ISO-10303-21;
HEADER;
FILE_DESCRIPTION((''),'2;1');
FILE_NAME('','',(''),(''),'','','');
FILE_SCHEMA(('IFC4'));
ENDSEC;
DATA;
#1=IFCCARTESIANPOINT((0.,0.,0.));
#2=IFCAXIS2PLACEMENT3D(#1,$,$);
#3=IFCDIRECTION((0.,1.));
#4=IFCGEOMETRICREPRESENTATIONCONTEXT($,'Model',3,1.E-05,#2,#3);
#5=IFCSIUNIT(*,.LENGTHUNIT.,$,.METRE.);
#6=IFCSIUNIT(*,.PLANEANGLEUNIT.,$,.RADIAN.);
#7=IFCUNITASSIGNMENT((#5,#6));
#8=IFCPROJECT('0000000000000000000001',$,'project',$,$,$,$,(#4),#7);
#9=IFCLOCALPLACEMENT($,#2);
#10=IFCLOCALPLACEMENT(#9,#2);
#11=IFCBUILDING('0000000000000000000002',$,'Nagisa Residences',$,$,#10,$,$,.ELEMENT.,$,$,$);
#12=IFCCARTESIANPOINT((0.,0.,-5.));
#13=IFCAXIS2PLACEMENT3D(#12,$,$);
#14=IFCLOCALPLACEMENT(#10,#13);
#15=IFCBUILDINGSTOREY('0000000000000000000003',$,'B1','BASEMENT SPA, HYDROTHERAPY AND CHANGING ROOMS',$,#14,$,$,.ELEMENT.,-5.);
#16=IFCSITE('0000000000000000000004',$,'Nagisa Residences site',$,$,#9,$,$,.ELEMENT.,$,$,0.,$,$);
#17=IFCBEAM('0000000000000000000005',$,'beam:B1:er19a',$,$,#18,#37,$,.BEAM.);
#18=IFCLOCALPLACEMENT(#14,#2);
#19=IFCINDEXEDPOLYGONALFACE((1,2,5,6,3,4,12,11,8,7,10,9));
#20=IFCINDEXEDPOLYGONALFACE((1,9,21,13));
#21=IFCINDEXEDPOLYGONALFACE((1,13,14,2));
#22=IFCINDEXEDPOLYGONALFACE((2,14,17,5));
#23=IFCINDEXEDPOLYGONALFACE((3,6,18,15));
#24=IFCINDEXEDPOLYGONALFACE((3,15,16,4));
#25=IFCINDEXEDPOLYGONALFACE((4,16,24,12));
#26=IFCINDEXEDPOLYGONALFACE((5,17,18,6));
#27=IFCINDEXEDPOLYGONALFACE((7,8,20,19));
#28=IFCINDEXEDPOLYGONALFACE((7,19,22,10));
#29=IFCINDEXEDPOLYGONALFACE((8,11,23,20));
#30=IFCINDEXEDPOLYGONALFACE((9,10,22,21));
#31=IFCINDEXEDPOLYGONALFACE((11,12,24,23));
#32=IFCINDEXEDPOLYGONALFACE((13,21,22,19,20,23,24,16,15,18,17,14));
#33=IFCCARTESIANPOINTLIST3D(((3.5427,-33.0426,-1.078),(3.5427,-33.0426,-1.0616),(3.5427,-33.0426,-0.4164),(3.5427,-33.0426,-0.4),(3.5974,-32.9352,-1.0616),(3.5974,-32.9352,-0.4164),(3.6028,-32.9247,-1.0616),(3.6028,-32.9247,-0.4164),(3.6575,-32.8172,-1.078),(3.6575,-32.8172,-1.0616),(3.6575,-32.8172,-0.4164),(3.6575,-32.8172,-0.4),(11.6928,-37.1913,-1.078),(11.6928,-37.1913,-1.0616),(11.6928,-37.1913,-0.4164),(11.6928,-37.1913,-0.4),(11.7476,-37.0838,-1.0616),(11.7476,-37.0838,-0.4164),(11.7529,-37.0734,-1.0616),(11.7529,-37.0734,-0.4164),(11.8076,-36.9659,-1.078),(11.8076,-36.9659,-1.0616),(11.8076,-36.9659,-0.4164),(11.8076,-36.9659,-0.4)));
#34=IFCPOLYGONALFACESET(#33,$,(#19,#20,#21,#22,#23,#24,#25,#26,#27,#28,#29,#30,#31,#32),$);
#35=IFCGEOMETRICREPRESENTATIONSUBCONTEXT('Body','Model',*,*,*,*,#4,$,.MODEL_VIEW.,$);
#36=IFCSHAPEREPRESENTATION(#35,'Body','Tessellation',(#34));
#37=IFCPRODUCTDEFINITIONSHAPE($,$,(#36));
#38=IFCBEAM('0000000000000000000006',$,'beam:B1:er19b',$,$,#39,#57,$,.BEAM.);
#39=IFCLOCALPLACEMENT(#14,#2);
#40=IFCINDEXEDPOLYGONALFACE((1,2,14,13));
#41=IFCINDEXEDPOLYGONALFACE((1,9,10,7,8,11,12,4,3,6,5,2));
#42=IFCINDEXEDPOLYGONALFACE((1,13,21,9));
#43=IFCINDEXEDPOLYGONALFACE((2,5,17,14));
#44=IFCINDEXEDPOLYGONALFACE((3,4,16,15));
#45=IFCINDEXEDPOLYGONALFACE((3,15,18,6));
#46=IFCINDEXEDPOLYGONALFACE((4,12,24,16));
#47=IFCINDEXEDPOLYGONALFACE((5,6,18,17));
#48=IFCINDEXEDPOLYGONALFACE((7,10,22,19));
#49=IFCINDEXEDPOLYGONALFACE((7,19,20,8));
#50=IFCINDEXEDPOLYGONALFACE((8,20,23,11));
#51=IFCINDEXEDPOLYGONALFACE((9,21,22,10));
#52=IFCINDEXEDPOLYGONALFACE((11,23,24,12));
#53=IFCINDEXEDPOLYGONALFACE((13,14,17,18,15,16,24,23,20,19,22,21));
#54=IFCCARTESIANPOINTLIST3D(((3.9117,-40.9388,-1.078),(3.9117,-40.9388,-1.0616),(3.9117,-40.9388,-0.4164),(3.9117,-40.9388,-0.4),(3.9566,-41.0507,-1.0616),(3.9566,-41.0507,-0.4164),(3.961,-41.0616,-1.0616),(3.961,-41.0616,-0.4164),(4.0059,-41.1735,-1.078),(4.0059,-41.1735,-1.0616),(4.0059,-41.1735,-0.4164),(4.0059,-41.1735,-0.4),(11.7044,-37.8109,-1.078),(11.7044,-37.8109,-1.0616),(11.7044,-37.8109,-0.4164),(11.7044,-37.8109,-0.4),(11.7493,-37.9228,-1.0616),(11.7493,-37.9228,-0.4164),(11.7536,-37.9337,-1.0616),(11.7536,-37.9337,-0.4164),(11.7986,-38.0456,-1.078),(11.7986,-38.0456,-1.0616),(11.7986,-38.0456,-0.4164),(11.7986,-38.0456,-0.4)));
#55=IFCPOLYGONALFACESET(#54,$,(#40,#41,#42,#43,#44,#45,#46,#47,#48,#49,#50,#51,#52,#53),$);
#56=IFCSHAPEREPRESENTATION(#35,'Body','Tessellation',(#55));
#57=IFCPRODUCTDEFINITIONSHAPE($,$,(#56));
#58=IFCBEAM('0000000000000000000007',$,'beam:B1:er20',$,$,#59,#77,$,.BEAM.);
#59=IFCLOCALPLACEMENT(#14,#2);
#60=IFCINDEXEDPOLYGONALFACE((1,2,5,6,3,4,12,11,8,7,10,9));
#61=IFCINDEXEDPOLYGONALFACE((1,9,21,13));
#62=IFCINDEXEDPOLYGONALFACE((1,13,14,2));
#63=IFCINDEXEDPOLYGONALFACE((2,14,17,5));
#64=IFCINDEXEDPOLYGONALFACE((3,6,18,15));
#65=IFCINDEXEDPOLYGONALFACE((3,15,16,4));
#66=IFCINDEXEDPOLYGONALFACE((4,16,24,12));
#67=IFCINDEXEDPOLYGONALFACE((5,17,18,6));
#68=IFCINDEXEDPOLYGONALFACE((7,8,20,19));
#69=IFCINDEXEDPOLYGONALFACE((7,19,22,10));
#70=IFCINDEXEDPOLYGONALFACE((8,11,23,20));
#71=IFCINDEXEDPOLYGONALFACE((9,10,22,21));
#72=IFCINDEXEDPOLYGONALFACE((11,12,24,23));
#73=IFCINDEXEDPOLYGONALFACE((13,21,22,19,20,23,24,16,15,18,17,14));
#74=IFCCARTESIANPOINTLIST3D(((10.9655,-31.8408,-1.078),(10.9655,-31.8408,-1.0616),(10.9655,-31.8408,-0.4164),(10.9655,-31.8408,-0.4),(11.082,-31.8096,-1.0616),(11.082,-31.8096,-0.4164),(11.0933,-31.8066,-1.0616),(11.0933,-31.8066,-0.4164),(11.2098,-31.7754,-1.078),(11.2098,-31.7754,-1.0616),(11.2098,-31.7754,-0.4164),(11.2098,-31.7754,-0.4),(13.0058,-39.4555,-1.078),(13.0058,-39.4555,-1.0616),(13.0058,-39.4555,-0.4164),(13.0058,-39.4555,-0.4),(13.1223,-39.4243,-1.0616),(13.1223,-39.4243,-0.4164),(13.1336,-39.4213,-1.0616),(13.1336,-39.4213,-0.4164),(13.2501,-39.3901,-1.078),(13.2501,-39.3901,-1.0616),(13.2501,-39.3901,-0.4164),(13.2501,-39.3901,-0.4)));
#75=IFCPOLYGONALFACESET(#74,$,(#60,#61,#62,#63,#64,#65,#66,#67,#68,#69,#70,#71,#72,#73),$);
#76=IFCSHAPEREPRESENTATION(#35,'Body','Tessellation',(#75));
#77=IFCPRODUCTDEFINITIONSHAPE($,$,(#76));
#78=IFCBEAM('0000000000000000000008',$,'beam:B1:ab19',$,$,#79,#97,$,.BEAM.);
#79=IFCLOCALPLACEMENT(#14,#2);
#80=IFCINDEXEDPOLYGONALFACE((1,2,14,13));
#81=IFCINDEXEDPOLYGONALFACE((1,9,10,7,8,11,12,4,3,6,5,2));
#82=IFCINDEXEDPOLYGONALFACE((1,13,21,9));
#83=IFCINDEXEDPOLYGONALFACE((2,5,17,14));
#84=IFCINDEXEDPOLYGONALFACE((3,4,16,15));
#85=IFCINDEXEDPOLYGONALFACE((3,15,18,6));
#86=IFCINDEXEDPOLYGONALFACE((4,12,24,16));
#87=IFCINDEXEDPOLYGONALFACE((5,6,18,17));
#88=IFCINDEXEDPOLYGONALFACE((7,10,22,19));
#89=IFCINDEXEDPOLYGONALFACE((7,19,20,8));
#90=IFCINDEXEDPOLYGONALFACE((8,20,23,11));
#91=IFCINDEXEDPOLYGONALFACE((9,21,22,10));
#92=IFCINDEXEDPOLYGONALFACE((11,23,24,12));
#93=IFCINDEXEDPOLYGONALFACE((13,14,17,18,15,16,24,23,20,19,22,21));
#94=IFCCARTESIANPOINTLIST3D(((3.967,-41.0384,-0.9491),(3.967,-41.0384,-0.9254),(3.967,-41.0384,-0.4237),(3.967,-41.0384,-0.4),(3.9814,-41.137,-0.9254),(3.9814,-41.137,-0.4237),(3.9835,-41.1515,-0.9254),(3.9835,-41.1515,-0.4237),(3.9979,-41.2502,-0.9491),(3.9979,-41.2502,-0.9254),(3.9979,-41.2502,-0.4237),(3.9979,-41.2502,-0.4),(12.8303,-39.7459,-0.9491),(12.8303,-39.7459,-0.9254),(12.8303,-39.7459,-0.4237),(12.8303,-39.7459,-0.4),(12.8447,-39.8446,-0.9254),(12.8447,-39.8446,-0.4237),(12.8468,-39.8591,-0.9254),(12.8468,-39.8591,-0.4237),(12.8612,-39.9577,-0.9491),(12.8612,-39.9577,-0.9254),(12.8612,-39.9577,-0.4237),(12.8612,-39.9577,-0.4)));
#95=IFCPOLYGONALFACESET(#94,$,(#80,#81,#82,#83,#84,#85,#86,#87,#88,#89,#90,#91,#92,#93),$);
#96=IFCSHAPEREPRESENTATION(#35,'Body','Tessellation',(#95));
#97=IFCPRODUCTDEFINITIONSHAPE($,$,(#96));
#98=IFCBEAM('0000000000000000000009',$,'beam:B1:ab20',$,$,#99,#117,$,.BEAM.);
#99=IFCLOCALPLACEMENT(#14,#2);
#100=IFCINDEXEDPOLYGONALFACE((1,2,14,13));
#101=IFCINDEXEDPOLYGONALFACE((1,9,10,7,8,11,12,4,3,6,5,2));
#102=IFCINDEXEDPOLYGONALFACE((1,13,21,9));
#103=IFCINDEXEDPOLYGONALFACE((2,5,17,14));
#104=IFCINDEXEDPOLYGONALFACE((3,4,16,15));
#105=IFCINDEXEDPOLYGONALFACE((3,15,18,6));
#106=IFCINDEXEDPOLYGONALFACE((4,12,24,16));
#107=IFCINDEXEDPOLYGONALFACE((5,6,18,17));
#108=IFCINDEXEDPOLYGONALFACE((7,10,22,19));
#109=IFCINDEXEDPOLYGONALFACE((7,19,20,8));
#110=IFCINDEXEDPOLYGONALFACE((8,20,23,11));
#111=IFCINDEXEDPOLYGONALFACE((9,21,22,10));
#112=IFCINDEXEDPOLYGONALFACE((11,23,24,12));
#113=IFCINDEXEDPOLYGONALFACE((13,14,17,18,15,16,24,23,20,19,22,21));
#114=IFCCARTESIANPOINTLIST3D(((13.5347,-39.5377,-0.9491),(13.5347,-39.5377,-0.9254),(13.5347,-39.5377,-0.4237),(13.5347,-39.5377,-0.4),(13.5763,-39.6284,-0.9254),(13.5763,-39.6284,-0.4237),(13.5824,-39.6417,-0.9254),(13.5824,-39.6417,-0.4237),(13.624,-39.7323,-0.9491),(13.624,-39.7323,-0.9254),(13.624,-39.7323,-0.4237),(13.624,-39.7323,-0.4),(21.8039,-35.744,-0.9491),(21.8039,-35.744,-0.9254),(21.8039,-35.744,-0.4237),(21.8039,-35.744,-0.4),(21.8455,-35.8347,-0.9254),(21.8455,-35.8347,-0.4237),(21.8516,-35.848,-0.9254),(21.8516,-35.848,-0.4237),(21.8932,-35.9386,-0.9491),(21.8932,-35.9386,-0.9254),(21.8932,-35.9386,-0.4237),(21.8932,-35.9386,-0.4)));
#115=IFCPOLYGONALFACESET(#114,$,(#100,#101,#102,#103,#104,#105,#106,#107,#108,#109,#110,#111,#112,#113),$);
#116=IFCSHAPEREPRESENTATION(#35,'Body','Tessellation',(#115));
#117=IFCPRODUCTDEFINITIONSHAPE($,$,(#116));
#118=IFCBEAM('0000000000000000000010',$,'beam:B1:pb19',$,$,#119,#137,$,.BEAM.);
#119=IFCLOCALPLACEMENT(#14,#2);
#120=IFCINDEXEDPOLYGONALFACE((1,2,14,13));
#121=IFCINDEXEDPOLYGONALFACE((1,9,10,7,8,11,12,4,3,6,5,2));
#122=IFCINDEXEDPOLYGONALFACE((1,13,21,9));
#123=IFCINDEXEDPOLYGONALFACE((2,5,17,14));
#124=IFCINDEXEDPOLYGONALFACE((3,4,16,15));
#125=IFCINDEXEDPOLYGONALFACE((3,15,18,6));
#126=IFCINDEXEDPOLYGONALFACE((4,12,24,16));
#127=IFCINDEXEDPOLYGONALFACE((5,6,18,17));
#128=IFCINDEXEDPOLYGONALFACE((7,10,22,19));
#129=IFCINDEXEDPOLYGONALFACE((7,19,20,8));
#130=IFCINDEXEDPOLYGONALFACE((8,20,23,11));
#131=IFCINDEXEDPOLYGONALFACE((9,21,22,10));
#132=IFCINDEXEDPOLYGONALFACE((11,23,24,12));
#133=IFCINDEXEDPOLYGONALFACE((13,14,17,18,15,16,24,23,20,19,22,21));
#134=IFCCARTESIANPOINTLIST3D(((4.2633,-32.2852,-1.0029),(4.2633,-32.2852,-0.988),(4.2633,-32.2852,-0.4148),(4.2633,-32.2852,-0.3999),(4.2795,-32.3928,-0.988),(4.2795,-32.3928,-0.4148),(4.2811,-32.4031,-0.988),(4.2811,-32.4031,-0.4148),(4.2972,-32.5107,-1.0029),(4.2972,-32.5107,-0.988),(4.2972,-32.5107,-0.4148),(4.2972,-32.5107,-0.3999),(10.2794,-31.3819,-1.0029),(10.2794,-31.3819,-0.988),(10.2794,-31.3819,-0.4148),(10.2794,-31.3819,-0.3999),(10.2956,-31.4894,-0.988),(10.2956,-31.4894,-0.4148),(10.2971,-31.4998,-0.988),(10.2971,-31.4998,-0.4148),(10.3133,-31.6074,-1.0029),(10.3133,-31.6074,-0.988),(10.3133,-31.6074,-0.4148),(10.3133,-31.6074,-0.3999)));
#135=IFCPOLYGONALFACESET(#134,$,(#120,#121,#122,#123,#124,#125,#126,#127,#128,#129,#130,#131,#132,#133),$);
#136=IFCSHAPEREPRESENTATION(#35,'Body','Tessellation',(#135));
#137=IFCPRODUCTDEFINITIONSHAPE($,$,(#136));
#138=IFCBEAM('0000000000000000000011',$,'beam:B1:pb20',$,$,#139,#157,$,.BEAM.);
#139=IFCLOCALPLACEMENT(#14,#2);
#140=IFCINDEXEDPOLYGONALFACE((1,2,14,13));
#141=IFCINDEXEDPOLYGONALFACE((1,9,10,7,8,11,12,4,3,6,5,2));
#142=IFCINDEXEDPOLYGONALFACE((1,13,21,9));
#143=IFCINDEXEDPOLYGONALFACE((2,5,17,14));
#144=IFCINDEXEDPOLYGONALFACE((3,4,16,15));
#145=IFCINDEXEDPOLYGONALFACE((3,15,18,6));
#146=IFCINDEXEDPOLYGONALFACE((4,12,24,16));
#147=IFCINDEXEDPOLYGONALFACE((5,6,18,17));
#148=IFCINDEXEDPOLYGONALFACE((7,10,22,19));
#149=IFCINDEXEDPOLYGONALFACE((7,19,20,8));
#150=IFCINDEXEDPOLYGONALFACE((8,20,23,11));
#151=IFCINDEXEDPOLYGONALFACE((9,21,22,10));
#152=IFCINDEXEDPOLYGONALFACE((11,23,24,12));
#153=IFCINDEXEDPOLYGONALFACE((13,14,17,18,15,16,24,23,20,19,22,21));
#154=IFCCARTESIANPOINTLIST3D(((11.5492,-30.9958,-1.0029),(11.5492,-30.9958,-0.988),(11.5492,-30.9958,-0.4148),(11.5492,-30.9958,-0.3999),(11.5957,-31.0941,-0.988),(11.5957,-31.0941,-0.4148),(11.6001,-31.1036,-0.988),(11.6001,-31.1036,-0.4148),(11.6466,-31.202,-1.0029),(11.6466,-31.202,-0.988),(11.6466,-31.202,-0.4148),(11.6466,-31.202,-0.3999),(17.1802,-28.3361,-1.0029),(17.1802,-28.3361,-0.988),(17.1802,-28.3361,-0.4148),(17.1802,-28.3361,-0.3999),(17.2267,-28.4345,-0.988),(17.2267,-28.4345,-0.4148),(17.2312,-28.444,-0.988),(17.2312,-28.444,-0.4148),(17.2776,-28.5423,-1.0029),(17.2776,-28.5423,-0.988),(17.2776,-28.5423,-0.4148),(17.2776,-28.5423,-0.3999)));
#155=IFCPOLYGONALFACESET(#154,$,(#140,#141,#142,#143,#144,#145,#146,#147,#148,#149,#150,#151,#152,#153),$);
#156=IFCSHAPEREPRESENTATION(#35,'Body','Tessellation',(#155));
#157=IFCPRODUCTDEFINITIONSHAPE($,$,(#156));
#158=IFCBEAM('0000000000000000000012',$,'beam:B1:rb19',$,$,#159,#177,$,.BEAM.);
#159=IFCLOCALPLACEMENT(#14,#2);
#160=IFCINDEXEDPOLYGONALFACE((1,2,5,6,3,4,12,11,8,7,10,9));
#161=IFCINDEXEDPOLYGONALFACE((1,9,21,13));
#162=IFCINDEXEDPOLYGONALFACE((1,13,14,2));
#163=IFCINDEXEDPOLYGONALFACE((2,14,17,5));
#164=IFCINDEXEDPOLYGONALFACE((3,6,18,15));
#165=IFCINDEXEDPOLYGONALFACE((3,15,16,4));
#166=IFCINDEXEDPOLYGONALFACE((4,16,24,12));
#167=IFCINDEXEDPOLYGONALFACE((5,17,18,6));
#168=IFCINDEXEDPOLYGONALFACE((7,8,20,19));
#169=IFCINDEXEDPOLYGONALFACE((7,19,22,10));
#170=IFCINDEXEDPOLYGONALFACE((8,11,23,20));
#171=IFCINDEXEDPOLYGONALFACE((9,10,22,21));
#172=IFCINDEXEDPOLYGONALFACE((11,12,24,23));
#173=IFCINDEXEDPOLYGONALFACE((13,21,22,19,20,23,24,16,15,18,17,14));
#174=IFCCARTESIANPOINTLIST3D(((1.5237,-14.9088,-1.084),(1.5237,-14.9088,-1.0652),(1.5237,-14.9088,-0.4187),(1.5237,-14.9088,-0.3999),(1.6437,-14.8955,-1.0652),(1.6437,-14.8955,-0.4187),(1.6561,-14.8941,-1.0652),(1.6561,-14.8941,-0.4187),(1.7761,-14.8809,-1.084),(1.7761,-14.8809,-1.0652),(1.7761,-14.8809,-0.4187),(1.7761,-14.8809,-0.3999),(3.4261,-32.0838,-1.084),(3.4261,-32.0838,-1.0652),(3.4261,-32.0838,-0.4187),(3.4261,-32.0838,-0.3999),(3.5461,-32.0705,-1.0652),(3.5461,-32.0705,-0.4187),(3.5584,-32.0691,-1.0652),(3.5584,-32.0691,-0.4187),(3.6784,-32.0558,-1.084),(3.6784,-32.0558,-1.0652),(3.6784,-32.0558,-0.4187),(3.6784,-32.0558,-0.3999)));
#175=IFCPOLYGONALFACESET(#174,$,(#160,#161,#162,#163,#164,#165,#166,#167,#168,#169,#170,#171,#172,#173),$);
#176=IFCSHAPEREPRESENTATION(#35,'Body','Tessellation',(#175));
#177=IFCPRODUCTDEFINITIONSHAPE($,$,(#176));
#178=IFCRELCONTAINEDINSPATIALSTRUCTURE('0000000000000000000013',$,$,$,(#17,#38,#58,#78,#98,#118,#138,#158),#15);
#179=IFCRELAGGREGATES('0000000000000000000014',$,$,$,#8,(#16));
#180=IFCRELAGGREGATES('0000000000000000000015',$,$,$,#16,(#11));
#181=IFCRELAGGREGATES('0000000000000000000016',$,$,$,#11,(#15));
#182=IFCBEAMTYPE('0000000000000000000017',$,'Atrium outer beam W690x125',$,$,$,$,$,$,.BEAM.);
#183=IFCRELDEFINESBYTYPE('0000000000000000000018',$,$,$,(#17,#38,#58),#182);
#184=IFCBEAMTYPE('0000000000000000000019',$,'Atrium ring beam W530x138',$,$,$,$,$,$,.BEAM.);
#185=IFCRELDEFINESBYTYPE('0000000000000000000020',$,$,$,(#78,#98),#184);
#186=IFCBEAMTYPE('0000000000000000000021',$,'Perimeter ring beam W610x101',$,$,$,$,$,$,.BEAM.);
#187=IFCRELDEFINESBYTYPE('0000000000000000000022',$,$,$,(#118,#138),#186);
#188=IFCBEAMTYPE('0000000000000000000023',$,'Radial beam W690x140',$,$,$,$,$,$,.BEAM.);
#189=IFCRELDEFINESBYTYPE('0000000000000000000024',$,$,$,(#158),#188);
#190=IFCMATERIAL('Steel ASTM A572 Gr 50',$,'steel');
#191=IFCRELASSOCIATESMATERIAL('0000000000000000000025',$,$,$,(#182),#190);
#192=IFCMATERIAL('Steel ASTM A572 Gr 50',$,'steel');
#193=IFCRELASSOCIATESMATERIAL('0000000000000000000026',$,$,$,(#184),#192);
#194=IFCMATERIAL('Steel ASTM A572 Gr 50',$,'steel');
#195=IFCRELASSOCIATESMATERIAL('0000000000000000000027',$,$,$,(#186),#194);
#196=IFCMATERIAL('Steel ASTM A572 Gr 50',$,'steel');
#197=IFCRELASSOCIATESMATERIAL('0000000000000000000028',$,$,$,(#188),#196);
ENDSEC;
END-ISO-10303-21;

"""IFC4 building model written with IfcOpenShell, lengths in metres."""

from ifc_helpers import new_model, si_unit, direction, frame, origin, origin_2d, place, context, subcontext, project, spatial, i_section, extrude, material, material_profile, profile_set, type_object, element, save


model = new_model("IFC4")

# Units and contexts
model_context = context("Model", 3, precision=1e-05, world=origin(), true_north=direction((0.0, 1.0)))
body_context = subcontext(model_context, "Body", "Model", "MODEL_VIEW")
ifc_project = project(units=[si_unit("LENGTHUNIT", "METRE"), si_unit("PLANEANGLEUNIT", "RADIAN")], contexts=[model_context])

# Site, building, storey
site_placement = place(None, origin())
site = spatial("IfcSite", under=ifc_project, at=site_placement, Name="Nagisa Residences site", CompositionType="ELEMENT", RefElevation=0.0)
building_placement = place(site_placement, origin())
building = spatial("IfcBuilding", under=site, at=building_placement, Name="Nagisa Residences", CompositionType="ELEMENT")
storey_placement = place(building_placement, frame((0.0, 0.0, -5.0)))
storey = spatial("IfcBuildingStorey", under=building, at=storey_placement, Name="B1", Description="BASEMENT SPA, HYDROTHERAPY AND CHANGING ROOMS", CompositionType="ELEMENT", Elevation=-5.0)

# Beams
ifc_material_1 = material(Name="Steel ASTM A572 Gr 50", Category="steel")
ifc_material_profile_1 = material_profile(ifc_material_1, i_section(OverallWidth=0.2529, OverallDepth=0.678, WebThickness=0.0117, FlangeThickness=0.0164, at=origin_2d()), Name="W690x125")
ifc_profile_set_1 = profile_set([ifc_material_profile_1], Name="Steel ASTM A572 Gr 50")
beam_type_1 = type_object("IfcBeamType", Name="Atrium outer beam W690x125", PredefinedType="BEAM", material=ifc_profile_set_1)
beam_1_placement = place(storey_placement, frame((3.6001, -32.9299, -0.739), z_axis=(0.891185, -0.453641, 0.0), x_axis=(0.453641, 0.891185, 0.0)))
element("IfcBeam", 1, at=beam_1_placement, inside=storey, type_object=beam_type_1, Name="beam:B1:er19a", PredefinedType="BEAM", context=body_context, shape_type="SweptSolid", body=[
    extrude(i_section(OverallWidth=0.2529, OverallDepth=0.678, WebThickness=0.0117, FlangeThickness=0.0164, at=origin_2d()), origin(), (0.0, 0.0, 1.0), 9.1453),
])
beam_2_placement = place(storey_placement, frame((11.7515, -37.9282, -0.739), z_axis=(-0.928031, -0.372503, 0.0), x_axis=(0.372503, -0.928031, 0.0)))
element("IfcBeam", 2, at=beam_2_placement, inside=storey, type_object=beam_type_1, Name="beam:B1:er19b", PredefinedType="BEAM", context=body_context, shape_type="SweptSolid", body=[
    extrude(i_section(OverallWidth=0.2529, OverallDepth=0.678, WebThickness=0.0117, FlangeThickness=0.0164, at=origin_2d()), origin(), (0.0, 0.0, 1.0), 8.397),
])
beam_3_placement = place(storey_placement, frame((11.0876, -31.8081, -0.739), z_axis=(0.258809, -0.965928, 0.0), x_axis=(0.965928, 0.258809, 0.0)))
element("IfcBeam", 3, at=beam_3_placement, inside=storey, type_object=beam_type_1, Name="beam:B1:er20", PredefinedType="BEAM", context=body_context, shape_type="SweptSolid", body=[
    extrude(i_section(OverallWidth=0.2529, OverallDepth=0.678, WebThickness=0.0117, FlangeThickness=0.0164, at=origin_2d()), origin(), (0.0, 0.0, 1.0), 7.8833),
])
ifc_material_2 = material(Name="Steel ASTM A572 Gr 50", Category="steel")
ifc_material_profile_2 = material_profile(ifc_material_2, i_section(OverallWidth=0.2141, OverallDepth=0.5491, WebThickness=0.0146, FlangeThickness=0.0237, at=origin_2d()), Name="W530x138")
ifc_profile_set_2 = profile_set([ifc_material_profile_2], Name="Steel ASTM A572 Gr 50")
beam_type_2 = type_object("IfcBeamType", Name="Atrium ring beam W530x138", PredefinedType="BEAM", material=ifc_profile_set_2)
beam_4_placement = place(storey_placement, frame((3.9824, -41.1443, -0.6746), z_axis=(0.989534, 0.144298, 0.0), x_axis=(-0.144298, 0.989534, 0.0)))
element("IfcBeam", 4, at=beam_4_placement, inside=storey, type_object=beam_type_2, Name="beam:B1:ab19", PredefinedType="BEAM", context=body_context, shape_type="SweptSolid", body=[
    extrude(i_section(OverallWidth=0.2141, OverallDepth=0.5491, WebThickness=0.0146, FlangeThickness=0.0237, at=origin_2d()), origin(), (0.0, 0.0, 1.0), 8.957),
])
beam_5_placement = place(storey_placement, frame((13.5793, -39.635, -0.6746), z_axis=(0.908914, 0.416983, 0.0), x_axis=(-0.416983, 0.908914, 0.0)))
element("IfcBeam", 5, at=beam_5_placement, inside=storey, type_object=beam_type_2, Name="beam:B1:ab20", PredefinedType="BEAM", context=body_context, shape_type="SweptSolid", body=[
    extrude(i_section(OverallWidth=0.2141, OverallDepth=0.5491, WebThickness=0.0146, FlangeThickness=0.0237, at=origin_2d()), origin(), (0.0, 0.0, 1.0), 9.0979),
])
ifc_material_3 = material(Name="Steel ASTM A572 Gr 50", Category="steel")
ifc_material_profile_3 = material_profile(ifc_material_3, i_section(OverallWidth=0.228, OverallDepth=0.603, WebThickness=0.0105, FlangeThickness=0.0149, at=origin_2d()), Name="W610x101")
ifc_profile_set_3 = profile_set([ifc_material_profile_3], Name="Steel ASTM A572 Gr 50")
beam_type_3 = type_object("IfcBeamType", Name="Perimeter ring beam W610x101", PredefinedType="BEAM", material=ifc_profile_set_3)
beam_6_placement = place(storey_placement, frame((4.2803, -32.3979, -0.7014), z_axis=(0.988915, 0.148486, 0.0), x_axis=(-0.148486, 0.988915, 0.0)))
element("IfcBeam", 6, at=beam_6_placement, inside=storey, type_object=beam_type_3, Name="beam:B1:pb19", PredefinedType="BEAM", context=body_context, shape_type="SweptSolid", body=[
    extrude(i_section(OverallWidth=0.228, OverallDepth=0.603, WebThickness=0.0105, FlangeThickness=0.0149, at=origin_2d()), origin(), (0.0, 0.0, 1.0), 6.0835),
])
beam_7_placement = place(storey_placement, frame((11.5979, -31.0989, -0.7014), z_axis=(0.904215, 0.427077, 0.0), x_axis=(-0.427077, 0.904215, 0.0)))
element("IfcBeam", 7, at=beam_7_placement, inside=storey, type_object=beam_type_3, Name="beam:B1:pb20", PredefinedType="BEAM", context=body_context, shape_type="SweptSolid", body=[
    extrude(i_section(OverallWidth=0.228, OverallDepth=0.603, WebThickness=0.0105, FlangeThickness=0.0149, at=origin_2d()), origin(), (0.0, 0.0, 1.0), 6.2275),
])
ifc_material_4 = material(Name="Steel ASTM A572 Gr 50", Category="steel")
ifc_material_profile_4 = material_profile(ifc_material_4, i_section(OverallWidth=0.2539, OverallDepth=0.6841, WebThickness=0.0125, FlangeThickness=0.0188, at=origin_2d()), Name="W690x140")
ifc_profile_set_4 = profile_set([ifc_material_profile_4], Name="Steel ASTM A572 Gr 50")
beam_type_4 = type_object("IfcBeamType", Name="Radial beam W690x140", PredefinedType="BEAM", material=ifc_profile_set_4)
beam_8_placement = place(storey_placement, frame((3.5522, -32.0698, -0.7419), z_axis=(-0.110089, 0.993922, 0.0), x_axis=(-0.993922, -0.110089, 0.0)))
element("IfcBeam", 8, at=beam_8_placement, inside=storey, type_object=beam_type_4, Name="beam:B1:rb19", PredefinedType="BEAM", context=body_context, shape_type="SweptSolid", body=[
    extrude(i_section(OverallWidth=0.2539, OverallDepth=0.6841, WebThickness=0.0125, FlangeThickness=0.0188, at=origin_2d()), origin(), (0.0, 0.0, 1.0), 17.28),
])

save(model, "model.ifc")
